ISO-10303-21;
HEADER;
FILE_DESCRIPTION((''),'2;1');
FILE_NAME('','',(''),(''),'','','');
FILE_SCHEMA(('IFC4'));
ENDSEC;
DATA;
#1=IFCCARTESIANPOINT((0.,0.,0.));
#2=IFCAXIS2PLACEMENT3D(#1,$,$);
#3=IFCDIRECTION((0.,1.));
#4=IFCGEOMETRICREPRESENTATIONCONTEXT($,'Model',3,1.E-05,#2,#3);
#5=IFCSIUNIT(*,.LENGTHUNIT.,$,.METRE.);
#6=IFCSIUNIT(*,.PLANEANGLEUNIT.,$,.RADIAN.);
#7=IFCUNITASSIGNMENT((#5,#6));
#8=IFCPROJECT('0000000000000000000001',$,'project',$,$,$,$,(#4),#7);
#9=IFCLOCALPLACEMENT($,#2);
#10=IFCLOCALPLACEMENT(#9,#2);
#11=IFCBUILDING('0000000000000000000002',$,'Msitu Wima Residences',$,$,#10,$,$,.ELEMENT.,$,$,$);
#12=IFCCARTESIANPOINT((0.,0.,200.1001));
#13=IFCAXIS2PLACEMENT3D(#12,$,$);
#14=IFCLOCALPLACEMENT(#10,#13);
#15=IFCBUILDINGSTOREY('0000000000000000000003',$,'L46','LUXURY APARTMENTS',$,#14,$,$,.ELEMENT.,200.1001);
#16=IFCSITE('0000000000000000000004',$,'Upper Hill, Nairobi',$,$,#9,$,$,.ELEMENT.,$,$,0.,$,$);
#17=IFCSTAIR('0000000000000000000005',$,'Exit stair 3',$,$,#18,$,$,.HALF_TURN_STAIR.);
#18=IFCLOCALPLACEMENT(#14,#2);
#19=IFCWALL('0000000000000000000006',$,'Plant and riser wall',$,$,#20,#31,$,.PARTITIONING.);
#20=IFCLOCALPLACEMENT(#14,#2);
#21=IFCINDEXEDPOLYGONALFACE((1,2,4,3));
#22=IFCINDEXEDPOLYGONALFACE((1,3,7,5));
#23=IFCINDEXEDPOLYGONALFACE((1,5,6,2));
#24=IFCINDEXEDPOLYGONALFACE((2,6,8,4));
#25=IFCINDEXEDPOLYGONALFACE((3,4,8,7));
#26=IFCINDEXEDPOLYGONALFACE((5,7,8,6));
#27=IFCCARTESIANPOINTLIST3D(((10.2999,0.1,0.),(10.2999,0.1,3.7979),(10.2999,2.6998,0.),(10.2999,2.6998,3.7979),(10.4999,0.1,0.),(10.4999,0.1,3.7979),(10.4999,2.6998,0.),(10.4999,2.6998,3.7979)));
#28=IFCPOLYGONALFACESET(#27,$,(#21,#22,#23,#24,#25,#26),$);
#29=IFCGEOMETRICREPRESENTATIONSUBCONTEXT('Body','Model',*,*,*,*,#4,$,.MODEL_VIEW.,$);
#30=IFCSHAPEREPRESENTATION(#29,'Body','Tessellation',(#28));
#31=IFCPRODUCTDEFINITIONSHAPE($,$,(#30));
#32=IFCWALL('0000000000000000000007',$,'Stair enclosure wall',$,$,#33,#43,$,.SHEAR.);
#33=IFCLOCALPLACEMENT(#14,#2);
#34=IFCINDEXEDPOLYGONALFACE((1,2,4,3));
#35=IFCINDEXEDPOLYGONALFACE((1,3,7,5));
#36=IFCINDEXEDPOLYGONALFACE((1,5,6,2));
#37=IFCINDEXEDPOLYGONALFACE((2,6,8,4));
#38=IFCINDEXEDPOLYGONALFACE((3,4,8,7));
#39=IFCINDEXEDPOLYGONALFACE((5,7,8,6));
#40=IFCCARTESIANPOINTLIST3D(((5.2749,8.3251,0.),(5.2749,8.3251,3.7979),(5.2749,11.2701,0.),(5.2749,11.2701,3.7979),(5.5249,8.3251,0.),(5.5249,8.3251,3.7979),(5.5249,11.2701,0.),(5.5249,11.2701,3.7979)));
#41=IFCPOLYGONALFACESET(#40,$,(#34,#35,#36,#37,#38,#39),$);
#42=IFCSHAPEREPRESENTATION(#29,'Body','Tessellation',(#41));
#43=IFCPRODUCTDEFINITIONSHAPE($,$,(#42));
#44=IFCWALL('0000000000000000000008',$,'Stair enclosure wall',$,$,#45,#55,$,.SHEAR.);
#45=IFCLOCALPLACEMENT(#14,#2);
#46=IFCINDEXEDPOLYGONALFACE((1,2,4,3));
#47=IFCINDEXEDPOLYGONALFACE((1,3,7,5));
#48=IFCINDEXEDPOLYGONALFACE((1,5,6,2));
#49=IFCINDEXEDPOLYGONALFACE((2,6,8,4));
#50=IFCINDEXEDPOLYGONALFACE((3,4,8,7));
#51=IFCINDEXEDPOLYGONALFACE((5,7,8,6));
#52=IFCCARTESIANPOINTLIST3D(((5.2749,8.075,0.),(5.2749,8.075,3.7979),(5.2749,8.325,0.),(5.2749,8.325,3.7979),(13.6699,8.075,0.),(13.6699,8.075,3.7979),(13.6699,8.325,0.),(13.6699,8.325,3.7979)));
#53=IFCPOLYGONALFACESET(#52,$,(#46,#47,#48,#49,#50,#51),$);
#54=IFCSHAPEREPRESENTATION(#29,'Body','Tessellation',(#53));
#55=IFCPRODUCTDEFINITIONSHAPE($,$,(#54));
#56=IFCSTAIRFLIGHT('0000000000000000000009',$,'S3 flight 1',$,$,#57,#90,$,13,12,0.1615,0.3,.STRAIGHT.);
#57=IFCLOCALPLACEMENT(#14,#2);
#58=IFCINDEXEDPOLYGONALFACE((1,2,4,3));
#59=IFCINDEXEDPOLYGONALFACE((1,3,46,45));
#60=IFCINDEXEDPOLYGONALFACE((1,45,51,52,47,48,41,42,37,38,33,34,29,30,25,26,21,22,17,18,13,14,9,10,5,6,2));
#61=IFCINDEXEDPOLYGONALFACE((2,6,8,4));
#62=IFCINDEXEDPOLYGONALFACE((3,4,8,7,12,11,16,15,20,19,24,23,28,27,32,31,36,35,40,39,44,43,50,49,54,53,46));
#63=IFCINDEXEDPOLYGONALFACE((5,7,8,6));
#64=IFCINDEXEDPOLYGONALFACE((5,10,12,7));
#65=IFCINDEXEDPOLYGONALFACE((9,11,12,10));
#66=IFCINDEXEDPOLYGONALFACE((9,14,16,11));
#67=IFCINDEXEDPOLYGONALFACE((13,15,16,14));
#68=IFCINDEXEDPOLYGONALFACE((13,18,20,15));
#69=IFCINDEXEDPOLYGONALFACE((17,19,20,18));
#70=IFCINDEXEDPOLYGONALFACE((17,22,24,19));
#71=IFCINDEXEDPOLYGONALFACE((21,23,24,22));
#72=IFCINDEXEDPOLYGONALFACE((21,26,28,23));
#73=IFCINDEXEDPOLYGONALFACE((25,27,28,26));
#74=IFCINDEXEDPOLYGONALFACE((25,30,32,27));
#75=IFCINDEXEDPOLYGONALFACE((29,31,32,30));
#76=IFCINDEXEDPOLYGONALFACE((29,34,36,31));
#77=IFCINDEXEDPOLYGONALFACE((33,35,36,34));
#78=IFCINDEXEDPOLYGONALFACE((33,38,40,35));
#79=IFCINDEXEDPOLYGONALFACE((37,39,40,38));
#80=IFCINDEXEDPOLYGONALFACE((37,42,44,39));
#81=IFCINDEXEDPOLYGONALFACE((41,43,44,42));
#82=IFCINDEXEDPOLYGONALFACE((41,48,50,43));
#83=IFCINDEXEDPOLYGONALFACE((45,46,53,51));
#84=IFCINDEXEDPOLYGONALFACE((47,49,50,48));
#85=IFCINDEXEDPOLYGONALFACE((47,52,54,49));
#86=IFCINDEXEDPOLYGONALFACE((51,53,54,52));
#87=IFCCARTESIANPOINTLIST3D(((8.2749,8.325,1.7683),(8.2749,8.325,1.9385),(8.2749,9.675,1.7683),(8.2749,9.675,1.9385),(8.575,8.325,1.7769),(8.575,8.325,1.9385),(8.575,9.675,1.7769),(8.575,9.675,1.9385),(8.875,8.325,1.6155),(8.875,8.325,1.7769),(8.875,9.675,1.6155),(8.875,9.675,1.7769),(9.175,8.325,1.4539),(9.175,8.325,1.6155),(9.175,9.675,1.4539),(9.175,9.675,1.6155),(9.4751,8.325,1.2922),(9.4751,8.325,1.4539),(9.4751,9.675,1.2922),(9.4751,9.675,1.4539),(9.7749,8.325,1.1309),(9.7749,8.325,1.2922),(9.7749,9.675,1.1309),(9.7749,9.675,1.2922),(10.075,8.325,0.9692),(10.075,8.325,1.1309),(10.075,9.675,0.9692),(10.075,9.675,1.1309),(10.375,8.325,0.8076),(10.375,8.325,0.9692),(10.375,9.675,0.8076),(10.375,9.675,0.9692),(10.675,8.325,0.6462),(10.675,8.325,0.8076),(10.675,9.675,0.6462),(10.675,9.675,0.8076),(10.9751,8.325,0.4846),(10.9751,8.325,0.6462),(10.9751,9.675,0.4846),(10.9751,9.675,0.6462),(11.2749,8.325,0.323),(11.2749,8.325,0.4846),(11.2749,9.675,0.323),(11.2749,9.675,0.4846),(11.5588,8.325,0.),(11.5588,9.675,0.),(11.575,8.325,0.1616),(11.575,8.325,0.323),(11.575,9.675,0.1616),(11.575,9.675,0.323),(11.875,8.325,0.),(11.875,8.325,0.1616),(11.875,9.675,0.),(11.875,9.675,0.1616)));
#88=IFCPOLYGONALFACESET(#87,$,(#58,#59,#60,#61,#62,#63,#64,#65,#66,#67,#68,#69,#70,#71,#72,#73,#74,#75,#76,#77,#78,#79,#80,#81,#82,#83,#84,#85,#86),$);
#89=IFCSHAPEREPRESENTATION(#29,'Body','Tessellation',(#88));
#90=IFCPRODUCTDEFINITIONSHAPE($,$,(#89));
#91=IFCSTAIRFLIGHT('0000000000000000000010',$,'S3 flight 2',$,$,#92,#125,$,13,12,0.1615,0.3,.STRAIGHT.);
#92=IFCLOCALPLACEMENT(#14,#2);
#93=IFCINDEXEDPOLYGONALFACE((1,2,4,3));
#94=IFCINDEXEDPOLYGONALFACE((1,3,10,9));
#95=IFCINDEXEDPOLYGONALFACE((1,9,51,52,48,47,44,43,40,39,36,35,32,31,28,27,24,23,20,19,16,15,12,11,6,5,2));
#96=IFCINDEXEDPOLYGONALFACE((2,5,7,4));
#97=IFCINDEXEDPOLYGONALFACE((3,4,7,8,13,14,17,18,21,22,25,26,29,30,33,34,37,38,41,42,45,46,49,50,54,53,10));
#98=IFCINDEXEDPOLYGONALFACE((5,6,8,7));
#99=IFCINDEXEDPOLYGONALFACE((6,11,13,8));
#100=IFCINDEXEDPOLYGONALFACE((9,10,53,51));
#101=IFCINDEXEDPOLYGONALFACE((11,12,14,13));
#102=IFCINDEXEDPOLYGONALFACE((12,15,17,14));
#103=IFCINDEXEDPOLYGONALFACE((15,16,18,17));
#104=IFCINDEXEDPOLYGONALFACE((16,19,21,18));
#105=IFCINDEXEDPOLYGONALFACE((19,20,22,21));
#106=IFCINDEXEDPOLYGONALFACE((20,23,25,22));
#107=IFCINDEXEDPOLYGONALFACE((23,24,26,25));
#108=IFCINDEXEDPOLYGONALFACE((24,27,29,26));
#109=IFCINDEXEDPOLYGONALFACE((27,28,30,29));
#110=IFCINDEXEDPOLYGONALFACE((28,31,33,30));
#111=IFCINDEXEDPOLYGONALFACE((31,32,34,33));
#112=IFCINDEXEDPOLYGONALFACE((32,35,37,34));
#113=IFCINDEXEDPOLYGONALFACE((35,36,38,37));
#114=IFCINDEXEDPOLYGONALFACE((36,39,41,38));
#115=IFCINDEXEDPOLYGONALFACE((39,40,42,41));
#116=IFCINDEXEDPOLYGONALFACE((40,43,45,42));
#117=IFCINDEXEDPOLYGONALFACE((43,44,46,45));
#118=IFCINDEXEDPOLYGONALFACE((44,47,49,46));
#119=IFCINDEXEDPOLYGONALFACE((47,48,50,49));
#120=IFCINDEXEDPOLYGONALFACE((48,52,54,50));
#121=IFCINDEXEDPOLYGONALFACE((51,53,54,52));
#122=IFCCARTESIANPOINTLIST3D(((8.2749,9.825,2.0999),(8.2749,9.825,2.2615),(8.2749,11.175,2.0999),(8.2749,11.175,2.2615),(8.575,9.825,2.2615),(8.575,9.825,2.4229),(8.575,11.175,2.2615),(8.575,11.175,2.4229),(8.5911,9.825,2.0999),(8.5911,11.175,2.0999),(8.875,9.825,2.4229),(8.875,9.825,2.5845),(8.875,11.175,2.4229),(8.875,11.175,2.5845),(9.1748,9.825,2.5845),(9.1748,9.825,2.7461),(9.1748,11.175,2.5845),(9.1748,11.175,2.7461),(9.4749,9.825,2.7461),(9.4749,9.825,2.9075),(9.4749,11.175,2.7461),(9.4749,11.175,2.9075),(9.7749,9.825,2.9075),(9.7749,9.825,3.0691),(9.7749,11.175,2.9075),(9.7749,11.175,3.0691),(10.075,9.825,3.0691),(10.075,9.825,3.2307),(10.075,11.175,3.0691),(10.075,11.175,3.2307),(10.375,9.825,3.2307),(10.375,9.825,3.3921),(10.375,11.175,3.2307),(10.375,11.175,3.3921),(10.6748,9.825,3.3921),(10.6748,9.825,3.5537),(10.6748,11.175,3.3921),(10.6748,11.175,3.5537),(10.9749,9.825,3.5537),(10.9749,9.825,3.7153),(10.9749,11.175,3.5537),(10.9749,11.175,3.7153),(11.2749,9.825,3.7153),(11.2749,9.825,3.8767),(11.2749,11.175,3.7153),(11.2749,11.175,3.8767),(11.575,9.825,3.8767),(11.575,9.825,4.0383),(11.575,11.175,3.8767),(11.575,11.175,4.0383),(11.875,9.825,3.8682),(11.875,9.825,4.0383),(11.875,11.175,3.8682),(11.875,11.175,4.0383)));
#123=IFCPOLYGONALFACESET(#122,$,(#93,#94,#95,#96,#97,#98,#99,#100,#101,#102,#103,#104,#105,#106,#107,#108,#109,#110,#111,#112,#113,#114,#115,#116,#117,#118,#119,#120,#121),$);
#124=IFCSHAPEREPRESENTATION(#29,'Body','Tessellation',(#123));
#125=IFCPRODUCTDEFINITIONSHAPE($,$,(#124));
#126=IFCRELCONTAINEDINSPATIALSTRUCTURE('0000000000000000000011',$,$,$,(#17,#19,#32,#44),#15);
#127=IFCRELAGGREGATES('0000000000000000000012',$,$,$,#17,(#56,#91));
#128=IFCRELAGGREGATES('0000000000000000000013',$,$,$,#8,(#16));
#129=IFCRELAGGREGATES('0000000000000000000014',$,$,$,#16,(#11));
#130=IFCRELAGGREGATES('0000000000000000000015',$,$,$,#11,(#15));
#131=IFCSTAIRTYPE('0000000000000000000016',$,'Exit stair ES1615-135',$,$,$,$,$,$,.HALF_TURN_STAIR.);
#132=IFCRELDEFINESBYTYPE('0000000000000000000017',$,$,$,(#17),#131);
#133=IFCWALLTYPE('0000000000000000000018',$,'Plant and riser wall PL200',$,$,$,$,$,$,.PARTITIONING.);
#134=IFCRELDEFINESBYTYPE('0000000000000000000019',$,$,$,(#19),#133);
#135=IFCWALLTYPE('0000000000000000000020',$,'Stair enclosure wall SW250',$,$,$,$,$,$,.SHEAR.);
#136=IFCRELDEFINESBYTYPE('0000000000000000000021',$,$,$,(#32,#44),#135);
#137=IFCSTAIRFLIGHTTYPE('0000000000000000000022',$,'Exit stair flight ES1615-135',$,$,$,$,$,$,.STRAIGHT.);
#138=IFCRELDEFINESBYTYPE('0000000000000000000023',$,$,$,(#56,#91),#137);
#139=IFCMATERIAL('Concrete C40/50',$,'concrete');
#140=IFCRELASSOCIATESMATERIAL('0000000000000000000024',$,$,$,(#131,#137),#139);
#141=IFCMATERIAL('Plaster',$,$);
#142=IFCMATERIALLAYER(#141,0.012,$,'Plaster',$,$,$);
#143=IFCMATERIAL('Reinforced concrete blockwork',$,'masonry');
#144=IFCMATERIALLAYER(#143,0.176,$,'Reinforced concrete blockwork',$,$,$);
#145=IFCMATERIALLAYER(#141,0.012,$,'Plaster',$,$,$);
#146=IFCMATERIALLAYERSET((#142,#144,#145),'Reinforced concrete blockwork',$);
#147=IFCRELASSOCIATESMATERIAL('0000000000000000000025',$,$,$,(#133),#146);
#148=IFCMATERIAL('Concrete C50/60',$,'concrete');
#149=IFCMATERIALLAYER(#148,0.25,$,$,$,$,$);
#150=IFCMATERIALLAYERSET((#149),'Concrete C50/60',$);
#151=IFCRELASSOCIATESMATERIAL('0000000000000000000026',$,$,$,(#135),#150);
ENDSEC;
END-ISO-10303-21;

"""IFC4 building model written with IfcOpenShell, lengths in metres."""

from ifc_helpers import new_model, si_unit, direction, frame, frame_2d, origin, place, context, subcontext, project, spatial, polyline, rectangle, outline, extrude, material, layer, layer_set, type_object, element, aggregate, save


model = new_model("IFC4")

# Units and contexts
model_context = context("Model", 3, precision=1e-05, world=origin(), true_north=direction((0.0, 1.0)))
body_context = subcontext(model_context, "Body", "Model", "MODEL_VIEW")
ifc_project = project(units=[si_unit("LENGTHUNIT", "METRE"), si_unit("PLANEANGLEUNIT", "RADIAN")], contexts=[model_context])

# Site, building, storey
site_placement = place(None, origin())
site = spatial("IfcSite", under=ifc_project, at=site_placement, Name="Upper Hill, Nairobi", CompositionType="ELEMENT", RefElevation=0.0)
building_placement = place(site_placement, origin())
building = spatial("IfcBuilding", under=site, at=building_placement, Name="Msitu Wima Residences", CompositionType="ELEMENT")
storey_placement = place(building_placement, frame((0.0, 0.0, 200.1001)))
storey = spatial("IfcBuildingStorey", under=building, at=storey_placement, Name="L46", Description="LUXURY APARTMENTS", CompositionType="ELEMENT", Elevation=200.1001)

# Shared definitions
ifc_material_1 = material(Name="Concrete C40/50", Category="concrete")

# Stair
stair_type = type_object("IfcStairType", Name="Exit stair ES1615-135", PredefinedType="HALF_TURN_STAIR", material=ifc_material_1)
stair_1_placement = place(storey_placement, origin())
stair_1 = element("IfcStair", 1, at=stair_1_placement, inside=storey, type_object=stair_type, Name="Exit stair 3", PredefinedType="HALF_TURN_STAIR")

# Walls
ifc_material_2 = material(Name="Plaster")
ifc_layer_1 = layer(ifc_material_2, 0.012, Name="Plaster")
ifc_material_3 = material(Name="Reinforced concrete blockwork", Category="masonry")
ifc_layer_2 = layer(ifc_material_3, 0.176, Name="Reinforced concrete blockwork")
ifc_layer_3 = layer(ifc_material_2, 0.012, Name="Plaster")
ifc_layer_set_1 = layer_set([ifc_layer_1, ifc_layer_2, ifc_layer_3], Name="Reinforced concrete blockwork")
wall_type_1 = type_object("IfcWallType", Name="Plant and riser wall PL200", PredefinedType="PARTITIONING", material=ifc_layer_set_1)
wall_1_placement = place(storey_placement, frame((10.3999, 0.1001, 0.0), z_axis=(0.0, 0.0, 1.0), x_axis=(0.0, 1.0, 0.0)))
element("IfcWall", 2, at=wall_1_placement, inside=storey, type_object=wall_type_1, Name="Plant and riser wall", PredefinedType="PARTITIONING", context=body_context, shape_type="SweptSolid", body=[
    extrude(rectangle(XDim=2.5999, YDim=0.2, at=frame_2d((1.2998, 0.0))), origin(), (0.0, 0.0, 1.0), 3.7979),
])
ifc_material_4 = material(Name="Concrete C50/60", Category="concrete")
ifc_layer_4 = layer(ifc_material_4, 0.25)
ifc_layer_set_2 = layer_set([ifc_layer_4], Name="Concrete C50/60")
wall_type_2 = type_object("IfcWallType", Name="Stair enclosure wall SW250", PredefinedType="SHEAR", material=ifc_layer_set_2)
wall_2_placement = place(storey_placement, frame((5.3999, 8.325, 0.0), z_axis=(0.0, 0.0, 1.0), x_axis=(0.0, 1.0, 0.0)))
element("IfcWall", 3, at=wall_2_placement, inside=storey, type_object=wall_type_2, Name="Stair enclosure wall", PredefinedType="SHEAR", context=body_context, shape_type="SweptSolid", body=[
    extrude(rectangle(XDim=2.9451, YDim=0.25, at=frame_2d((1.4727, 0.0))), origin(), (0.0, 0.0, 1.0), 3.7979),
])
wall_3_placement = place(storey_placement, frame((5.2749, 8.2, 0.0), z_axis=(0.0, 0.0, 1.0), x_axis=(1.0, 0.0, 0.0)))
element("IfcWall", 4, at=wall_3_placement, inside=storey, type_object=wall_type_2, Name="Stair enclosure wall", PredefinedType="SHEAR", context=body_context, shape_type="SweptSolid", body=[
    extrude(rectangle(XDim=8.395, YDim=0.25, at=frame_2d((4.1975, 0.0))), origin(), (0.0, 0.0, 1.0), 3.7979),
])

# Stair flights
stair_flight_type = type_object("IfcStairFlightType", Name="Exit stair flight ES1615-135", PredefinedType="STRAIGHT", material=ifc_material_1)
stair_flight_1_placement = place(storey_placement, frame((11.875, 9.0, 0.0), z_axis=(0.0, 0.0, 1.0), x_axis=(-1.0, 0.0, 0.0)))
stair_flight_1 = element("IfcStairFlight", 5, at=stair_flight_1_placement, type_object=stair_flight_type, Name="S3 flight 1", NumberOfRisers=13, NumberOfTreads=12, PredefinedType="STRAIGHT", RiserHeight=0.1615, TreadLength=0.3, context=body_context, shape_type="SweptSolid", body=[
    extrude(outline(polyline([(0.0, 0.0), (0.0, 0.1616), (0.3, 0.1616), (0.3, 0.323), (0.6001, 0.323), (0.6001, 0.4846), (0.8999, 0.4846), (0.8999, 0.6462), (1.2, 0.6462), (1.2, 0.8076), (1.5, 0.8076), (1.5, 0.9692), (1.8, 0.9692), (1.8, 1.1309), (2.1001, 1.1309), (2.1001, 1.2922), (2.3999, 1.2922), (2.3999, 1.4539), (2.7, 1.4539), (2.7, 1.6155), (3.0, 1.6155), (3.0, 1.7769), (3.3, 1.7769), (3.3, 1.9385), (3.6001, 1.9385), (3.6001, 2.1001), (3.6001, 1.7683), (0.3162, 0.0), (0.0, 0.0)])), frame((0.0, 0.675, 0.0), z_axis=(0.0, -1.0, 0.0), x_axis=(1.0, 0.0, 0.0)), (0.0, 0.0, 1.0), 1.3501),
])
stair_flight_2_placement = place(storey_placement, frame((8.2749, 10.5, 2.0999), z_axis=(0.0, 0.0, 1.0), x_axis=(1.0, 0.0, 0.0)))
stair_flight_2 = element("IfcStairFlight", 6, at=stair_flight_2_placement, type_object=stair_flight_type, Name="S3 flight 2", NumberOfRisers=13, NumberOfTreads=12, PredefinedType="STRAIGHT", RiserHeight=0.1615, TreadLength=0.3, context=body_context, shape_type="SweptSolid", body=[
    extrude(outline(polyline([(0.0, 0.0), (0.0, 0.1616), (0.3, 0.1616), (0.3, 0.323), (0.6001, 0.323), (0.6001, 0.4846), (0.8999, 0.4846), (0.8999, 0.6462), (1.2, 0.6462), (1.2, 0.8076), (1.5, 0.8076), (1.5, 0.9692), (1.8, 0.9692), (1.8, 1.1309), (2.1001, 1.1309), (2.1001, 1.2922), (2.3999, 1.2922), (2.3999, 1.4539), (2.7, 1.4539), (2.7, 1.6155), (3.0, 1.6155), (3.0, 1.7769), (3.3, 1.7769), (3.3, 1.9385), (3.6001, 1.9385), (3.6001, 2.1001), (3.6001, 1.7683), (0.3162, 0.0), (0.0, 0.0)])), frame((0.0, 0.675, 0.0), z_axis=(0.0, -1.0, 0.0), x_axis=(1.0, 0.0, 0.0)), (0.0, 0.0, 1.0), 1.3501),
])
aggregate(stair_1, [stair_flight_1, stair_flight_2])

save(model, "model.ifc")
